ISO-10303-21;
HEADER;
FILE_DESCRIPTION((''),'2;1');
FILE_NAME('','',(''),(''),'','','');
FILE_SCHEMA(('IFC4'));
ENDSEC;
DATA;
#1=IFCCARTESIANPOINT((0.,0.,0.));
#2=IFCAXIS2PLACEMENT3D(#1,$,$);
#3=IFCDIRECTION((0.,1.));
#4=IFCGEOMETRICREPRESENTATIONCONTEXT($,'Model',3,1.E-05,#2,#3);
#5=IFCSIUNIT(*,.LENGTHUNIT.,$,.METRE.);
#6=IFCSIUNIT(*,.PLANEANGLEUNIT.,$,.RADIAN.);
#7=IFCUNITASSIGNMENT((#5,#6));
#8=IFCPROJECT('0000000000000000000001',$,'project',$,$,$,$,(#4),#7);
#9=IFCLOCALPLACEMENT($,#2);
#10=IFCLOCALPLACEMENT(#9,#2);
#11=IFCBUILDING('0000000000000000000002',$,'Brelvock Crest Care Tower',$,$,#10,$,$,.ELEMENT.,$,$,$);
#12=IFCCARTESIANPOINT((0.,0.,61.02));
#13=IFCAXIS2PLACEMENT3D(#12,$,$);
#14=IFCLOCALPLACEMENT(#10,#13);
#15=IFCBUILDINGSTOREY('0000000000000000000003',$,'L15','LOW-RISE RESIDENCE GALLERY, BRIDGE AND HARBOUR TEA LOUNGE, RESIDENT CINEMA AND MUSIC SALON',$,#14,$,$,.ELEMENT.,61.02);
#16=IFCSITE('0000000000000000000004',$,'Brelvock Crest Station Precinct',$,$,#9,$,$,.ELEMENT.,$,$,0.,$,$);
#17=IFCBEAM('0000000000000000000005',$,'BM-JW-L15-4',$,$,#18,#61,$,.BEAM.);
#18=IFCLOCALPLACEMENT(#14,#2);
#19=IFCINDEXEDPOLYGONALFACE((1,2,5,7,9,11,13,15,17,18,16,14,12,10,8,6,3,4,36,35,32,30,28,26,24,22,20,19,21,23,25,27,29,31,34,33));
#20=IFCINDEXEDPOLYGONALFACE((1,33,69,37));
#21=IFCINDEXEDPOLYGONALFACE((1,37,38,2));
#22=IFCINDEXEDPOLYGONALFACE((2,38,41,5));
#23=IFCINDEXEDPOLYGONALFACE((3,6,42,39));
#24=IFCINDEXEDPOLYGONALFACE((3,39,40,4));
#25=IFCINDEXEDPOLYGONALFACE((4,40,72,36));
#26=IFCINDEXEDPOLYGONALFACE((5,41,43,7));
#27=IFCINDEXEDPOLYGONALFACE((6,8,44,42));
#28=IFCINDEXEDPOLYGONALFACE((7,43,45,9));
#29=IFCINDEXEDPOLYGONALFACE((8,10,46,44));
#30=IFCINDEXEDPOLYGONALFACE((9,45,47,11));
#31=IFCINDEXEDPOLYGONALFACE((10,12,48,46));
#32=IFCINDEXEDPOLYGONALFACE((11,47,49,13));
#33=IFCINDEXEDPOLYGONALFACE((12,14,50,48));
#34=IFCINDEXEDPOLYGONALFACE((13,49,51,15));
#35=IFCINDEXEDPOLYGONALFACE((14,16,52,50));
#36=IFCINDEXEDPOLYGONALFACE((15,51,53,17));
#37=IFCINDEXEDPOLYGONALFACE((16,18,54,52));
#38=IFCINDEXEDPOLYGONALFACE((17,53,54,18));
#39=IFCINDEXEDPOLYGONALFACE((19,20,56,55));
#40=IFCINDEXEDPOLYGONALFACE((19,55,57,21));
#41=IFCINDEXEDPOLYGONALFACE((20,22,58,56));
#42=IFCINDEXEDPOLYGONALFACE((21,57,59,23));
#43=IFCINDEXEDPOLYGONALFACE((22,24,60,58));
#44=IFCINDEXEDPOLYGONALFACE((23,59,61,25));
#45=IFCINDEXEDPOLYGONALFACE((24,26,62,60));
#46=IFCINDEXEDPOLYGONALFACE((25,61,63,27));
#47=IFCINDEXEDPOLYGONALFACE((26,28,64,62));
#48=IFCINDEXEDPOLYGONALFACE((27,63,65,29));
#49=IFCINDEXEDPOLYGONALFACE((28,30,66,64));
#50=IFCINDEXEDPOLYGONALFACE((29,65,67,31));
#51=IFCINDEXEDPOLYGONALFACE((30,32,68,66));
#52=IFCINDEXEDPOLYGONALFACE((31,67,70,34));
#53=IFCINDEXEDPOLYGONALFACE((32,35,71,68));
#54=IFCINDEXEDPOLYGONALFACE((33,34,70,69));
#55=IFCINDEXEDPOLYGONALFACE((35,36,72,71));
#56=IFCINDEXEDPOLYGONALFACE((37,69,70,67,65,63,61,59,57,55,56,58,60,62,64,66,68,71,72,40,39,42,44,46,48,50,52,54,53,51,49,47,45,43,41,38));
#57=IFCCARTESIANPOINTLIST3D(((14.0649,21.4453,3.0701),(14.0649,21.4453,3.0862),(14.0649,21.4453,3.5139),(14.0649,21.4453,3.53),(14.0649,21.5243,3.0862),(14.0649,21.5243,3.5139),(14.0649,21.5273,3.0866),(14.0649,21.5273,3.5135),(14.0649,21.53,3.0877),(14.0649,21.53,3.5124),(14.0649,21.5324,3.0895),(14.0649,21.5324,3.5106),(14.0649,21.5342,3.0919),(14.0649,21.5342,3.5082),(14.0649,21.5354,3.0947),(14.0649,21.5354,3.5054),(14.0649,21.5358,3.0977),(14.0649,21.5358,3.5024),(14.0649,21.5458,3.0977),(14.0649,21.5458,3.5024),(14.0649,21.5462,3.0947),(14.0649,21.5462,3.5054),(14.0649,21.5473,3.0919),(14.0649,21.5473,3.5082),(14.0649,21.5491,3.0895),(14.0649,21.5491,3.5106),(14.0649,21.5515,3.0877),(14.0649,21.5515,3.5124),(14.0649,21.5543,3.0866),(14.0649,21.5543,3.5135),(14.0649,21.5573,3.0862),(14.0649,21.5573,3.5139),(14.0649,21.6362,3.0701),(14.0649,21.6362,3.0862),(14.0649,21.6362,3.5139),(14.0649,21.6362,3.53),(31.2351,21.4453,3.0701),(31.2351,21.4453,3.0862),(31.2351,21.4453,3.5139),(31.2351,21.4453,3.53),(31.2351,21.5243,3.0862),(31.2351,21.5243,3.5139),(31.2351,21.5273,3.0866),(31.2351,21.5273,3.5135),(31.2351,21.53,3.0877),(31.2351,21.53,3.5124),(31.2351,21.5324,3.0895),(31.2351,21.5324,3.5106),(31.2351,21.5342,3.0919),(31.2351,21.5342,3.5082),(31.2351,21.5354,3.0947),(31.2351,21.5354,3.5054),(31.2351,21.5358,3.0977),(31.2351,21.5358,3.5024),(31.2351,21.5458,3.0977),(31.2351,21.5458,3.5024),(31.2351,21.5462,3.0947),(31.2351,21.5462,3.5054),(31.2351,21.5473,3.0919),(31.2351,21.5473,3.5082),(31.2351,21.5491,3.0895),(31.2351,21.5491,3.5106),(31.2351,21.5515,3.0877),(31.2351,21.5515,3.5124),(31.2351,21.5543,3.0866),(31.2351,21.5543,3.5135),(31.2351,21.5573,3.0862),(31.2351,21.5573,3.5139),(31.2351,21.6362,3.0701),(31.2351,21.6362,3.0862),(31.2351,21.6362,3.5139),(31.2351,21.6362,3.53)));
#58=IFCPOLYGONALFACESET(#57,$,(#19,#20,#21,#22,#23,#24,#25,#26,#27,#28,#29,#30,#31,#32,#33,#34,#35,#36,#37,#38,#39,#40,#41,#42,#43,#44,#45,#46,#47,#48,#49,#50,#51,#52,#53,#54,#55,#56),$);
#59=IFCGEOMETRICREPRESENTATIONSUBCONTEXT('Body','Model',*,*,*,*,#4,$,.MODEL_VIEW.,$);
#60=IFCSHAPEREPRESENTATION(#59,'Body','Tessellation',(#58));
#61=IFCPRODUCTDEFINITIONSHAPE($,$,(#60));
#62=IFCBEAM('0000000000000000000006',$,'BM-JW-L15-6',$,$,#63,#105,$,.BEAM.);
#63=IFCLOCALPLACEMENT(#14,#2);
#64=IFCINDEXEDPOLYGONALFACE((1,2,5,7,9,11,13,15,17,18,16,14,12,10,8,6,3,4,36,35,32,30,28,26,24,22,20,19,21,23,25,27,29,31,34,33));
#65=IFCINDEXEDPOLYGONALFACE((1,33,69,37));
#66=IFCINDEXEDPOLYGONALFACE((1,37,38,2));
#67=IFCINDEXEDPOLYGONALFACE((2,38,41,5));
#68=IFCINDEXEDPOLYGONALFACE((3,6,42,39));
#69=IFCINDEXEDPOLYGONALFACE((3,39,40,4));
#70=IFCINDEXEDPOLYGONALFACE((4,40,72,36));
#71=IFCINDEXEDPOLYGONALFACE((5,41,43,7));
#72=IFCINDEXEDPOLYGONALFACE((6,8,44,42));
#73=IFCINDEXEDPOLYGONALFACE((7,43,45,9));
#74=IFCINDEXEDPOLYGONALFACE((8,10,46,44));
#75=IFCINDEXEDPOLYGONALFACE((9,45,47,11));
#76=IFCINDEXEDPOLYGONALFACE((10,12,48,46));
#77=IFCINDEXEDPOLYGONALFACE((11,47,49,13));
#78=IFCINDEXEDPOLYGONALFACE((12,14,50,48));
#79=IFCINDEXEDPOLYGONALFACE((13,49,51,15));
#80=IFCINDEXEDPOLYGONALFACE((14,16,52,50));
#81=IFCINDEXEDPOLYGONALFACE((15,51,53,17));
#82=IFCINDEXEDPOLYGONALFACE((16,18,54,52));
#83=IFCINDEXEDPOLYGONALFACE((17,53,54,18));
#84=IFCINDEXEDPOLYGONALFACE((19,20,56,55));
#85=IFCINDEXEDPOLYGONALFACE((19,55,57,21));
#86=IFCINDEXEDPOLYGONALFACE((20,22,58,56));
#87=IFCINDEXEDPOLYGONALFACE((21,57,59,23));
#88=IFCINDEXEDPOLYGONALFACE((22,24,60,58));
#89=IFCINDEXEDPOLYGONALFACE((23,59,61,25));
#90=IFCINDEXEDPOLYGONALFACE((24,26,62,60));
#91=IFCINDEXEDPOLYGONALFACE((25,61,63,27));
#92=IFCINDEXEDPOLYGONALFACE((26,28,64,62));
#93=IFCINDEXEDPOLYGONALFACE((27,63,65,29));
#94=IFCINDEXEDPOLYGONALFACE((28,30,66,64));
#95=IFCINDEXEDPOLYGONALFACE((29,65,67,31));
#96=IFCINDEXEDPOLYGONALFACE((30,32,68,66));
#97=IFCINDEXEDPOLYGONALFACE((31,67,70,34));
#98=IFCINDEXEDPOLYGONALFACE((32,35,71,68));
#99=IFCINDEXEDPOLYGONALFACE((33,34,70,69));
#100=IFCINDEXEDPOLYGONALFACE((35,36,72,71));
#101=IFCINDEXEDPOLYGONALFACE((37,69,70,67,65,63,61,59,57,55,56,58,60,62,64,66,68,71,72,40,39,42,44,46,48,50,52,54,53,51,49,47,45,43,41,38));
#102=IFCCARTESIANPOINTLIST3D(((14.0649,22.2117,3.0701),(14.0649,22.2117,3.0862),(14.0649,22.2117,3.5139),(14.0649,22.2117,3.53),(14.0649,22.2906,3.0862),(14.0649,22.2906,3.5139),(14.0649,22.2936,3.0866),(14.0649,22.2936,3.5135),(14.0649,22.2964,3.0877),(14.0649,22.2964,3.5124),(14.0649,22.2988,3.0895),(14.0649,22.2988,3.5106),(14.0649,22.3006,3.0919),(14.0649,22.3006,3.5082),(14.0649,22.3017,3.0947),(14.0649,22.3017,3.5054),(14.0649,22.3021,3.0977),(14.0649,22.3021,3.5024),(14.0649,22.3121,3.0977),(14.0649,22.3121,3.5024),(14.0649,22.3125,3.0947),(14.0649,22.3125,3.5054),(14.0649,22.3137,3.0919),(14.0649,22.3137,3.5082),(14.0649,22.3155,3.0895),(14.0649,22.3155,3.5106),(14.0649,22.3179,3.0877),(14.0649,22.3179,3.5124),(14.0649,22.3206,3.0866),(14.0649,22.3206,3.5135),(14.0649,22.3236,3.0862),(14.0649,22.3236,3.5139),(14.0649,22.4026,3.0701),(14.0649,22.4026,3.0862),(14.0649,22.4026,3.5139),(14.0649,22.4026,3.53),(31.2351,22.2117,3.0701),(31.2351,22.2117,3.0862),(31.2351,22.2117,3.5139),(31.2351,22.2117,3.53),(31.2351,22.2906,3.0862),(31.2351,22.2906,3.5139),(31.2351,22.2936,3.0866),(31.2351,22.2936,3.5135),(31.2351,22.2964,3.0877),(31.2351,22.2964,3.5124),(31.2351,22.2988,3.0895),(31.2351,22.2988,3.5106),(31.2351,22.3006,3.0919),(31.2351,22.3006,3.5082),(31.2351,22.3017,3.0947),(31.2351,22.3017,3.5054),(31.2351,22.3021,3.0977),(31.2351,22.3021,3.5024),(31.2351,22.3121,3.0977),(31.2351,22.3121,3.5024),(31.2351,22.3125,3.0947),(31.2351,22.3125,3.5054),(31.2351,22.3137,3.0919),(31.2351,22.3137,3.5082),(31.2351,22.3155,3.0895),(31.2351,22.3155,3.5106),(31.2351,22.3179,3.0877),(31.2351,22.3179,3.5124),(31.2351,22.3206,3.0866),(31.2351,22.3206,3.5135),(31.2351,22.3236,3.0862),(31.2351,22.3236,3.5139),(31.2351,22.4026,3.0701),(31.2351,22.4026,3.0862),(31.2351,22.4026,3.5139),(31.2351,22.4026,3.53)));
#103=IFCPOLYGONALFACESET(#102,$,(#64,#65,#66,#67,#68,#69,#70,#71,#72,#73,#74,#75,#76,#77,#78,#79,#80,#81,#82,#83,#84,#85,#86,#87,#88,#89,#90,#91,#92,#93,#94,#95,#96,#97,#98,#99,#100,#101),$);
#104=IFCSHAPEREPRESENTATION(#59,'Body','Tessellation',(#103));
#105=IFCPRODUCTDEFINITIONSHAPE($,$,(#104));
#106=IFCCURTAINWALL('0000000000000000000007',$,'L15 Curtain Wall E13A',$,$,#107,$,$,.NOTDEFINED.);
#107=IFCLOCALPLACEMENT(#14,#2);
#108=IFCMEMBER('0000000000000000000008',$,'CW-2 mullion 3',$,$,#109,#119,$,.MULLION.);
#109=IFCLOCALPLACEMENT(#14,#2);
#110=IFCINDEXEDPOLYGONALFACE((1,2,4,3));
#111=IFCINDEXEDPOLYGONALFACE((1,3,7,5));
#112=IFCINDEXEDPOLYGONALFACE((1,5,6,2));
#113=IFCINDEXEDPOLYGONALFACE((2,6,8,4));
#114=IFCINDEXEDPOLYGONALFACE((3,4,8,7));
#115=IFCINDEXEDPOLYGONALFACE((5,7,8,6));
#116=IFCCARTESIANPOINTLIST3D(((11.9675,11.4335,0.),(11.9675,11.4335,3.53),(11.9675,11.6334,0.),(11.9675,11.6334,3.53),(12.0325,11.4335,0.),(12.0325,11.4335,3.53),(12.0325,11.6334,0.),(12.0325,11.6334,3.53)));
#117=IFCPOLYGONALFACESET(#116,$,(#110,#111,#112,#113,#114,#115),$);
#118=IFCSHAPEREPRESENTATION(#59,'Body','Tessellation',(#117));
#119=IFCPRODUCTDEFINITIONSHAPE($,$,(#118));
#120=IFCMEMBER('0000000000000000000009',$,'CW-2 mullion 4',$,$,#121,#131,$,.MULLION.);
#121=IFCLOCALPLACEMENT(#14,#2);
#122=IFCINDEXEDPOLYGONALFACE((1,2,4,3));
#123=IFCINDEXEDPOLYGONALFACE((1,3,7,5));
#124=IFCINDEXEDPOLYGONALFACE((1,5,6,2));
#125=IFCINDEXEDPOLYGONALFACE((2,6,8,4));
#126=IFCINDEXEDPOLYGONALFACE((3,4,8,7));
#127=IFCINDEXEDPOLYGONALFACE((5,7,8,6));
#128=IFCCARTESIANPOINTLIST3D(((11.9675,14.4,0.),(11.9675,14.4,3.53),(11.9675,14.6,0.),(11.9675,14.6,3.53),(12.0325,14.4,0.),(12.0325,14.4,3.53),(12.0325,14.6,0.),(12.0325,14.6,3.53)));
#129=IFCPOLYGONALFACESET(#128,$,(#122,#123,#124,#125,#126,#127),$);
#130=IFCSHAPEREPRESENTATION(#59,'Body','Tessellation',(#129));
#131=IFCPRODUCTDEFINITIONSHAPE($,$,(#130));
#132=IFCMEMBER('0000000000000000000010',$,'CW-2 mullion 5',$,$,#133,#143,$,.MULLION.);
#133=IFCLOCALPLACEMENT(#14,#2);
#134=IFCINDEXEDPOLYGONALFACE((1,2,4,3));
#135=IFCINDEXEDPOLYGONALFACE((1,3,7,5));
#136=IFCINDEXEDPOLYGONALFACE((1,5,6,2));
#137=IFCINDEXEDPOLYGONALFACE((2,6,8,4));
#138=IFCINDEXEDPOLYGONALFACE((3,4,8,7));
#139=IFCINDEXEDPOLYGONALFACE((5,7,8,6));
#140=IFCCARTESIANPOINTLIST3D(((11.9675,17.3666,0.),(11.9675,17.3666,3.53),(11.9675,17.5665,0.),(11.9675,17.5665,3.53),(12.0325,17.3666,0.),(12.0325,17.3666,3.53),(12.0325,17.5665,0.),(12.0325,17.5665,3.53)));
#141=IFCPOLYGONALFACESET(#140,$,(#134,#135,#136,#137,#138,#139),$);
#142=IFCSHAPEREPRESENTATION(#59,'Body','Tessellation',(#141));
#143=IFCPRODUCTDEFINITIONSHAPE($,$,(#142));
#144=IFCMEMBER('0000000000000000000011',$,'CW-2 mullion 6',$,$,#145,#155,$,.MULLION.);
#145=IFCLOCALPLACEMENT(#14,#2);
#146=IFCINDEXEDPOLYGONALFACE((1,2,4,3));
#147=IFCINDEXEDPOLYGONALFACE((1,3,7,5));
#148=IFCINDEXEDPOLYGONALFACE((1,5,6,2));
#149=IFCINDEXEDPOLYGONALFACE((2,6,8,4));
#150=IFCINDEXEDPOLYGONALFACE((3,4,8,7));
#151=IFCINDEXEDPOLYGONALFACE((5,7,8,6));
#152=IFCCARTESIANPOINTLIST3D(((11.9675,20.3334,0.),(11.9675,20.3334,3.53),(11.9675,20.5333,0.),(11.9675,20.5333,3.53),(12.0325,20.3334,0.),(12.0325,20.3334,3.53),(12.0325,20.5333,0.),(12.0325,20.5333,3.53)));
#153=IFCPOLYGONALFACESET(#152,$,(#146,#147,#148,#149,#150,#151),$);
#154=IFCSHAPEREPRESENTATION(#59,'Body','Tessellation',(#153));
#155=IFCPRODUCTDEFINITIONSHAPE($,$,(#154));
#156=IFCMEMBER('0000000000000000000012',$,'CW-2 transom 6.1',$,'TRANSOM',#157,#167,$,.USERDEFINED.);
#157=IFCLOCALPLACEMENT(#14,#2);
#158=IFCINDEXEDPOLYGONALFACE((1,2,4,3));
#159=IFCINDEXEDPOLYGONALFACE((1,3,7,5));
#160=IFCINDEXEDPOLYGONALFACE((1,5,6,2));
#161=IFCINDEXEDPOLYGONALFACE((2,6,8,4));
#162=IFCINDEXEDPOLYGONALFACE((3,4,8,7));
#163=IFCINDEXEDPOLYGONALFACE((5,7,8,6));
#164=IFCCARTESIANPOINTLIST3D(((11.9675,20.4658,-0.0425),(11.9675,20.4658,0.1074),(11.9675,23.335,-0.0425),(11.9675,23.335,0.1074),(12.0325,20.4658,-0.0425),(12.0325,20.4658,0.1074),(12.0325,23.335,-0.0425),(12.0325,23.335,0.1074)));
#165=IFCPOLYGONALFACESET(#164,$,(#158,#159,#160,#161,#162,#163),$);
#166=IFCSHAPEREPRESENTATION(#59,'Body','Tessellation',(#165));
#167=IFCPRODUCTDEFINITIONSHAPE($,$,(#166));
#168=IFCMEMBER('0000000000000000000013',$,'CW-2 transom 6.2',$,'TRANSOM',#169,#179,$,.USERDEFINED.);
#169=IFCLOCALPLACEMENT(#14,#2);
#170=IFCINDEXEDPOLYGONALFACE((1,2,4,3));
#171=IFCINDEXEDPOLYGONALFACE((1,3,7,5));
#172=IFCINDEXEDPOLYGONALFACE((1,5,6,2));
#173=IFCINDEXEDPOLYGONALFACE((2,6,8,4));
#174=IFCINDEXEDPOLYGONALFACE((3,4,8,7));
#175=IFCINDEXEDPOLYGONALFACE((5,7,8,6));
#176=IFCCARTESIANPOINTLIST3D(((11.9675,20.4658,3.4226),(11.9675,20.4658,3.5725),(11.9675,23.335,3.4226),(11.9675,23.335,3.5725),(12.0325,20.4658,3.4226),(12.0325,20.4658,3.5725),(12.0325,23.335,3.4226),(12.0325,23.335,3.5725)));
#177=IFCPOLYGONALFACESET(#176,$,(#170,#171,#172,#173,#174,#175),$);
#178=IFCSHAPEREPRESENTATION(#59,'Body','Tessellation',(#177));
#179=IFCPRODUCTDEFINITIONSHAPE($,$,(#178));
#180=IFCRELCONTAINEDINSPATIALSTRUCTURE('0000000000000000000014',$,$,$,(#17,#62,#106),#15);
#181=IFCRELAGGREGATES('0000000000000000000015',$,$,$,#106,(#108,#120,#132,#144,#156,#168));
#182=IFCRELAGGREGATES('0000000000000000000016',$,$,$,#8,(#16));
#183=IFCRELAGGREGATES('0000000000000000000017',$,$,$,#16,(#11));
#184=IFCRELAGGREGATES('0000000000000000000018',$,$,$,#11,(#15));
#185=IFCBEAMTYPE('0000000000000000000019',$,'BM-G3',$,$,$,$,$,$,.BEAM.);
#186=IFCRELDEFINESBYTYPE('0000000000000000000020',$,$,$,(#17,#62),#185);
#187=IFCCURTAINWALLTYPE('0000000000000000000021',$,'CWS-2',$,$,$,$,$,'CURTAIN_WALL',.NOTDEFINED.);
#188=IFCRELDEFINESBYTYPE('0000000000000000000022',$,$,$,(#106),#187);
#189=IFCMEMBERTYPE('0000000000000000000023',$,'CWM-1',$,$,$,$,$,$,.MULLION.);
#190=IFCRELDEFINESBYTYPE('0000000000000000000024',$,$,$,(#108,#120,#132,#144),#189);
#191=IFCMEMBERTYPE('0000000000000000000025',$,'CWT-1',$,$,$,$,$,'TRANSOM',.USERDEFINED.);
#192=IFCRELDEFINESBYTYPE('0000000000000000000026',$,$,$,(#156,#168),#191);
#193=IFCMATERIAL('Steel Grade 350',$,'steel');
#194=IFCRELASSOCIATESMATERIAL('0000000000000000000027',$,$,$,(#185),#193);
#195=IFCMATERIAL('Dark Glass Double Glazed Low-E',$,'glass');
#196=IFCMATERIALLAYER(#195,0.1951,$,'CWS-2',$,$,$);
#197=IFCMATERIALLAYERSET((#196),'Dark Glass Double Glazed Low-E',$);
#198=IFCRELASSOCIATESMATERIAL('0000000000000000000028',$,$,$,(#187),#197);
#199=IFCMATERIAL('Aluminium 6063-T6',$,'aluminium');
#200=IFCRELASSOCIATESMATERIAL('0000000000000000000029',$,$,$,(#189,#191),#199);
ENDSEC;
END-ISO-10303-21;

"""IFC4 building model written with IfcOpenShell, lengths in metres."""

from ifc_helpers import new_model, si_unit, direction, frame, origin, origin_2d, place, context, subcontext, project, spatial, rectangle, i_section, extrude, source, transform, mapped, material, layer, layer_set, material_profile, profile_set, type_object, element, aggregate, save


model = new_model("IFC4")

# Units and contexts
model_context = context("Model", 3, precision=1e-05, world=origin(), true_north=direction((0.0, 1.0)))
body_context = subcontext(model_context, "Body", "Model", "MODEL_VIEW")
ifc_project = project(units=[si_unit("LENGTHUNIT", "METRE"), si_unit("PLANEANGLEUNIT", "RADIAN")], contexts=[model_context])

# Site, building, storey
site_placement = place(None, origin())
site = spatial("IfcSite", under=ifc_project, at=site_placement, Name="Brelvock Crest Station Precinct", CompositionType="ELEMENT", RefElevation=0.0)
building_placement = place(site_placement, origin())
building = spatial("IfcBuilding", under=site, at=building_placement, Name="Brelvock Crest Care Tower", CompositionType="ELEMENT")
storey_placement = place(building_placement, frame((0.0, 0.0, 61.02)))
storey = spatial("IfcBuildingStorey", under=building, at=storey_placement, Name="L15", Description="LOW-RISE RESIDENCE GALLERY, BRIDGE AND HARBOUR TEA LOUNGE, RESIDENT CINEMA AND MUSIC SALON", CompositionType="ELEMENT", Elevation=61.02)

# Shared definitions
ifc_material_1 = material(Name="Steel Grade 350", Category="steel")

# Beams
ifc_material_profile_1 = material_profile(ifc_material_1, i_section(OverallWidth=0.1909, OverallDepth=0.46, WebThickness=0.01, FlangeThickness=0.0161, FilletRadius=0.0115, at=origin_2d()), Name="460UB82.1")
ifc_profile_set_1 = profile_set([ifc_material_profile_1], Name="Steel Grade 350")
beam_type_1 = type_object("IfcBeamType", Name="BM-G3", PredefinedType="BEAM", material=ifc_profile_set_1)
shared_shape_1 = source(origin(), body_context, "Body", "SweptSolid", [
    extrude(i_section(OverallWidth=0.1909, OverallDepth=0.46, WebThickness=0.01, FlangeThickness=0.0161, FilletRadius=0.0115, at=origin_2d()), origin(), (0.0, 0.0, 1.0), 17.1702),
])
for number, where, z_axis, x_axis, name in (
    (1, (14.0649, 21.5408, 3.3), (1.0, 0.0, 0.0), (0.0, 1.0, 0.0), "BM-JW-L15-4"),
    (2, (14.0649, 22.3071, 3.3), (1.0, 0.0, 0.0), (0.0, 1.0, 0.0), "BM-JW-L15-6"),
):
    element("IfcBeam", number, at=place(storey_placement, frame(where, z_axis=z_axis, x_axis=x_axis)), inside=storey, type_object=beam_type_1, Name=name, PredefinedType="BEAM", context=body_context, shape_type="MappedRepresentation", body=[
        mapped(shared_shape_1, transform((0.0, 0.0, 0.0), x_axis=(1.0, 0.0, 0.0), y_axis=(0.0, 1.0, 0.0), z_axis=(0.0, 0.0, 1.0), scale=1.0)),
    ])

# Curtain wall, members
ifc_material_2 = material(Name="Dark Glass Double Glazed Low-E", Category="glass")
ifc_layer_1 = layer(ifc_material_2, 0.1951, Name="CWS-2")
ifc_layer_set_1 = layer_set([ifc_layer_1], Name="Dark Glass Double Glazed Low-E")
curtain_wall_type = type_object("IfcCurtainWallType", Name="CWS-2", ElementType="CURTAIN_WALL", PredefinedType="NOTDEFINED", material=ifc_layer_set_1)
curtain_wall_placement = place(storey_placement, origin())
curtain_wall = element("IfcCurtainWall", 3, at=curtain_wall_placement, inside=storey, type_object=curtain_wall_type, Name="L15 Curtain Wall E13A", PredefinedType="NOTDEFINED")
ifc_material_3 = material(Name="Aluminium 6063-T6", Category="aluminium")
ifc_material_profile_2 = material_profile(ifc_material_3, rectangle(XDim=0.0649, YDim=0.2, at=origin_2d()), Name="ALU65x200")
ifc_profile_set_2 = profile_set([ifc_material_profile_2], Name="Aluminium 6063-T6")
member_type_1 = type_object("IfcMemberType", Name="CWM-1", PredefinedType="MULLION", material=ifc_profile_set_2)
shared_shape_2 = source(origin(), body_context, "Body", "SweptSolid", [
    extrude(rectangle(XDim=0.0649, YDim=0.2, at=origin_2d()), origin(), (0.0, 0.0, 1.0), 3.53),
])
member_1_placement = place(storey_placement, frame((12.0, 11.5334, 0.0), z_axis=(0.0, 0.0, 1.0), x_axis=(-1.0, 0.0, 0.0)))
member_1 = element("IfcMember", 4, at=member_1_placement, type_object=member_type_1, Name="CW-2 mullion 3", PredefinedType="MULLION", context=body_context, shape_type="MappedRepresentation", body=[
    mapped(shared_shape_2, transform((0.0, 0.0, 0.0), x_axis=(1.0, 0.0, 0.0), y_axis=(0.0, 1.0, 0.0), z_axis=(0.0, 0.0, 1.0), scale=1.0)),
])
member_2_placement = place(storey_placement, frame((12.0, 14.5, 0.0), z_axis=(0.0, 0.0, 1.0), x_axis=(-1.0, 0.0, 0.0)))
member_2 = element("IfcMember", 5, at=member_2_placement, type_object=member_type_1, Name="CW-2 mullion 4", PredefinedType="MULLION", context=body_context, shape_type="MappedRepresentation", body=[
    mapped(shared_shape_2, transform((0.0, 0.0, 0.0), x_axis=(1.0, 0.0, 0.0), y_axis=(0.0, 1.0, 0.0), z_axis=(0.0, 0.0, 1.0), scale=1.0)),
])
member_3_placement = place(storey_placement, frame((12.0, 17.4666, 0.0), z_axis=(0.0, 0.0, 1.0), x_axis=(-1.0, 0.0, 0.0)))
member_3 = element("IfcMember", 6, at=member_3_placement, type_object=member_type_1, Name="CW-2 mullion 5", PredefinedType="MULLION", context=body_context, shape_type="MappedRepresentation", body=[
    mapped(shared_shape_2, transform((0.0, 0.0, 0.0), x_axis=(1.0, 0.0, 0.0), y_axis=(0.0, 1.0, 0.0), z_axis=(0.0, 0.0, 1.0), scale=1.0)),
])
member_4_placement = place(storey_placement, frame((12.0, 20.4333, 0.0), z_axis=(0.0, 0.0, 1.0), x_axis=(-1.0, 0.0, 0.0)))
member_4 = element("IfcMember", 7, at=member_4_placement, type_object=member_type_1, Name="CW-2 mullion 6", PredefinedType="MULLION", context=body_context, shape_type="MappedRepresentation", body=[
    mapped(shared_shape_2, transform((0.0, 0.0, 0.0), x_axis=(1.0, 0.0, 0.0), y_axis=(0.0, 1.0, 0.0), z_axis=(0.0, 0.0, 1.0), scale=1.0)),
])
ifc_material_profile_3 = material_profile(ifc_material_3, rectangle(XDim=0.0649, YDim=0.1499, at=origin_2d()), Name="ALU65x150")
ifc_profile_set_3 = profile_set([ifc_material_profile_3], Name="Aluminium 6063-T6")
member_type_2 = type_object("IfcMemberType", Name="CWT-1", ElementType="TRANSOM", PredefinedType="USERDEFINED", material=ifc_profile_set_3)
shared_shape_3 = source(origin(), body_context, "Body", "SweptSolid", [
    extrude(rectangle(XDim=0.0649, YDim=0.1499, at=origin_2d()), origin(), (0.0, 0.0, 1.0), 2.8691),
])
member_5_placement = place(storey_placement, frame((12.0, 20.4658, 0.0325), z_axis=(0.0, 1.0, 0.0), x_axis=(-1.0, 0.0, 0.0)))
member_5 = element("IfcMember", 8, at=member_5_placement, type_object=member_type_2, Name="CW-2 transom 6.1", ObjectType="TRANSOM", PredefinedType="USERDEFINED", context=body_context, shape_type="MappedRepresentation", body=[
    mapped(shared_shape_3, transform((0.0, 0.0, 0.0), x_axis=(1.0, 0.0, 0.0), y_axis=(0.0, 1.0, 0.0), z_axis=(0.0, 0.0, 1.0), scale=1.0)),
])
member_6_placement = place(storey_placement, frame((12.0, 20.4658, 3.4976), z_axis=(0.0, 1.0, 0.0), x_axis=(-1.0, 0.0, 0.0)))
member_6 = element("IfcMember", 9, at=member_6_placement, type_object=member_type_2, Name="CW-2 transom 6.2", ObjectType="TRANSOM", PredefinedType="USERDEFINED", context=body_context, shape_type="MappedRepresentation", body=[
    mapped(shared_shape_3, transform((0.0, 0.0, 0.0), x_axis=(1.0, 0.0, 0.0), y_axis=(0.0, 1.0, 0.0), z_axis=(0.0, 0.0, 1.0), scale=1.0)),
])
aggregate(curtain_wall, [member_1, member_2, member_3, member_4, member_5, member_6])

save(model, "model.ifc")
